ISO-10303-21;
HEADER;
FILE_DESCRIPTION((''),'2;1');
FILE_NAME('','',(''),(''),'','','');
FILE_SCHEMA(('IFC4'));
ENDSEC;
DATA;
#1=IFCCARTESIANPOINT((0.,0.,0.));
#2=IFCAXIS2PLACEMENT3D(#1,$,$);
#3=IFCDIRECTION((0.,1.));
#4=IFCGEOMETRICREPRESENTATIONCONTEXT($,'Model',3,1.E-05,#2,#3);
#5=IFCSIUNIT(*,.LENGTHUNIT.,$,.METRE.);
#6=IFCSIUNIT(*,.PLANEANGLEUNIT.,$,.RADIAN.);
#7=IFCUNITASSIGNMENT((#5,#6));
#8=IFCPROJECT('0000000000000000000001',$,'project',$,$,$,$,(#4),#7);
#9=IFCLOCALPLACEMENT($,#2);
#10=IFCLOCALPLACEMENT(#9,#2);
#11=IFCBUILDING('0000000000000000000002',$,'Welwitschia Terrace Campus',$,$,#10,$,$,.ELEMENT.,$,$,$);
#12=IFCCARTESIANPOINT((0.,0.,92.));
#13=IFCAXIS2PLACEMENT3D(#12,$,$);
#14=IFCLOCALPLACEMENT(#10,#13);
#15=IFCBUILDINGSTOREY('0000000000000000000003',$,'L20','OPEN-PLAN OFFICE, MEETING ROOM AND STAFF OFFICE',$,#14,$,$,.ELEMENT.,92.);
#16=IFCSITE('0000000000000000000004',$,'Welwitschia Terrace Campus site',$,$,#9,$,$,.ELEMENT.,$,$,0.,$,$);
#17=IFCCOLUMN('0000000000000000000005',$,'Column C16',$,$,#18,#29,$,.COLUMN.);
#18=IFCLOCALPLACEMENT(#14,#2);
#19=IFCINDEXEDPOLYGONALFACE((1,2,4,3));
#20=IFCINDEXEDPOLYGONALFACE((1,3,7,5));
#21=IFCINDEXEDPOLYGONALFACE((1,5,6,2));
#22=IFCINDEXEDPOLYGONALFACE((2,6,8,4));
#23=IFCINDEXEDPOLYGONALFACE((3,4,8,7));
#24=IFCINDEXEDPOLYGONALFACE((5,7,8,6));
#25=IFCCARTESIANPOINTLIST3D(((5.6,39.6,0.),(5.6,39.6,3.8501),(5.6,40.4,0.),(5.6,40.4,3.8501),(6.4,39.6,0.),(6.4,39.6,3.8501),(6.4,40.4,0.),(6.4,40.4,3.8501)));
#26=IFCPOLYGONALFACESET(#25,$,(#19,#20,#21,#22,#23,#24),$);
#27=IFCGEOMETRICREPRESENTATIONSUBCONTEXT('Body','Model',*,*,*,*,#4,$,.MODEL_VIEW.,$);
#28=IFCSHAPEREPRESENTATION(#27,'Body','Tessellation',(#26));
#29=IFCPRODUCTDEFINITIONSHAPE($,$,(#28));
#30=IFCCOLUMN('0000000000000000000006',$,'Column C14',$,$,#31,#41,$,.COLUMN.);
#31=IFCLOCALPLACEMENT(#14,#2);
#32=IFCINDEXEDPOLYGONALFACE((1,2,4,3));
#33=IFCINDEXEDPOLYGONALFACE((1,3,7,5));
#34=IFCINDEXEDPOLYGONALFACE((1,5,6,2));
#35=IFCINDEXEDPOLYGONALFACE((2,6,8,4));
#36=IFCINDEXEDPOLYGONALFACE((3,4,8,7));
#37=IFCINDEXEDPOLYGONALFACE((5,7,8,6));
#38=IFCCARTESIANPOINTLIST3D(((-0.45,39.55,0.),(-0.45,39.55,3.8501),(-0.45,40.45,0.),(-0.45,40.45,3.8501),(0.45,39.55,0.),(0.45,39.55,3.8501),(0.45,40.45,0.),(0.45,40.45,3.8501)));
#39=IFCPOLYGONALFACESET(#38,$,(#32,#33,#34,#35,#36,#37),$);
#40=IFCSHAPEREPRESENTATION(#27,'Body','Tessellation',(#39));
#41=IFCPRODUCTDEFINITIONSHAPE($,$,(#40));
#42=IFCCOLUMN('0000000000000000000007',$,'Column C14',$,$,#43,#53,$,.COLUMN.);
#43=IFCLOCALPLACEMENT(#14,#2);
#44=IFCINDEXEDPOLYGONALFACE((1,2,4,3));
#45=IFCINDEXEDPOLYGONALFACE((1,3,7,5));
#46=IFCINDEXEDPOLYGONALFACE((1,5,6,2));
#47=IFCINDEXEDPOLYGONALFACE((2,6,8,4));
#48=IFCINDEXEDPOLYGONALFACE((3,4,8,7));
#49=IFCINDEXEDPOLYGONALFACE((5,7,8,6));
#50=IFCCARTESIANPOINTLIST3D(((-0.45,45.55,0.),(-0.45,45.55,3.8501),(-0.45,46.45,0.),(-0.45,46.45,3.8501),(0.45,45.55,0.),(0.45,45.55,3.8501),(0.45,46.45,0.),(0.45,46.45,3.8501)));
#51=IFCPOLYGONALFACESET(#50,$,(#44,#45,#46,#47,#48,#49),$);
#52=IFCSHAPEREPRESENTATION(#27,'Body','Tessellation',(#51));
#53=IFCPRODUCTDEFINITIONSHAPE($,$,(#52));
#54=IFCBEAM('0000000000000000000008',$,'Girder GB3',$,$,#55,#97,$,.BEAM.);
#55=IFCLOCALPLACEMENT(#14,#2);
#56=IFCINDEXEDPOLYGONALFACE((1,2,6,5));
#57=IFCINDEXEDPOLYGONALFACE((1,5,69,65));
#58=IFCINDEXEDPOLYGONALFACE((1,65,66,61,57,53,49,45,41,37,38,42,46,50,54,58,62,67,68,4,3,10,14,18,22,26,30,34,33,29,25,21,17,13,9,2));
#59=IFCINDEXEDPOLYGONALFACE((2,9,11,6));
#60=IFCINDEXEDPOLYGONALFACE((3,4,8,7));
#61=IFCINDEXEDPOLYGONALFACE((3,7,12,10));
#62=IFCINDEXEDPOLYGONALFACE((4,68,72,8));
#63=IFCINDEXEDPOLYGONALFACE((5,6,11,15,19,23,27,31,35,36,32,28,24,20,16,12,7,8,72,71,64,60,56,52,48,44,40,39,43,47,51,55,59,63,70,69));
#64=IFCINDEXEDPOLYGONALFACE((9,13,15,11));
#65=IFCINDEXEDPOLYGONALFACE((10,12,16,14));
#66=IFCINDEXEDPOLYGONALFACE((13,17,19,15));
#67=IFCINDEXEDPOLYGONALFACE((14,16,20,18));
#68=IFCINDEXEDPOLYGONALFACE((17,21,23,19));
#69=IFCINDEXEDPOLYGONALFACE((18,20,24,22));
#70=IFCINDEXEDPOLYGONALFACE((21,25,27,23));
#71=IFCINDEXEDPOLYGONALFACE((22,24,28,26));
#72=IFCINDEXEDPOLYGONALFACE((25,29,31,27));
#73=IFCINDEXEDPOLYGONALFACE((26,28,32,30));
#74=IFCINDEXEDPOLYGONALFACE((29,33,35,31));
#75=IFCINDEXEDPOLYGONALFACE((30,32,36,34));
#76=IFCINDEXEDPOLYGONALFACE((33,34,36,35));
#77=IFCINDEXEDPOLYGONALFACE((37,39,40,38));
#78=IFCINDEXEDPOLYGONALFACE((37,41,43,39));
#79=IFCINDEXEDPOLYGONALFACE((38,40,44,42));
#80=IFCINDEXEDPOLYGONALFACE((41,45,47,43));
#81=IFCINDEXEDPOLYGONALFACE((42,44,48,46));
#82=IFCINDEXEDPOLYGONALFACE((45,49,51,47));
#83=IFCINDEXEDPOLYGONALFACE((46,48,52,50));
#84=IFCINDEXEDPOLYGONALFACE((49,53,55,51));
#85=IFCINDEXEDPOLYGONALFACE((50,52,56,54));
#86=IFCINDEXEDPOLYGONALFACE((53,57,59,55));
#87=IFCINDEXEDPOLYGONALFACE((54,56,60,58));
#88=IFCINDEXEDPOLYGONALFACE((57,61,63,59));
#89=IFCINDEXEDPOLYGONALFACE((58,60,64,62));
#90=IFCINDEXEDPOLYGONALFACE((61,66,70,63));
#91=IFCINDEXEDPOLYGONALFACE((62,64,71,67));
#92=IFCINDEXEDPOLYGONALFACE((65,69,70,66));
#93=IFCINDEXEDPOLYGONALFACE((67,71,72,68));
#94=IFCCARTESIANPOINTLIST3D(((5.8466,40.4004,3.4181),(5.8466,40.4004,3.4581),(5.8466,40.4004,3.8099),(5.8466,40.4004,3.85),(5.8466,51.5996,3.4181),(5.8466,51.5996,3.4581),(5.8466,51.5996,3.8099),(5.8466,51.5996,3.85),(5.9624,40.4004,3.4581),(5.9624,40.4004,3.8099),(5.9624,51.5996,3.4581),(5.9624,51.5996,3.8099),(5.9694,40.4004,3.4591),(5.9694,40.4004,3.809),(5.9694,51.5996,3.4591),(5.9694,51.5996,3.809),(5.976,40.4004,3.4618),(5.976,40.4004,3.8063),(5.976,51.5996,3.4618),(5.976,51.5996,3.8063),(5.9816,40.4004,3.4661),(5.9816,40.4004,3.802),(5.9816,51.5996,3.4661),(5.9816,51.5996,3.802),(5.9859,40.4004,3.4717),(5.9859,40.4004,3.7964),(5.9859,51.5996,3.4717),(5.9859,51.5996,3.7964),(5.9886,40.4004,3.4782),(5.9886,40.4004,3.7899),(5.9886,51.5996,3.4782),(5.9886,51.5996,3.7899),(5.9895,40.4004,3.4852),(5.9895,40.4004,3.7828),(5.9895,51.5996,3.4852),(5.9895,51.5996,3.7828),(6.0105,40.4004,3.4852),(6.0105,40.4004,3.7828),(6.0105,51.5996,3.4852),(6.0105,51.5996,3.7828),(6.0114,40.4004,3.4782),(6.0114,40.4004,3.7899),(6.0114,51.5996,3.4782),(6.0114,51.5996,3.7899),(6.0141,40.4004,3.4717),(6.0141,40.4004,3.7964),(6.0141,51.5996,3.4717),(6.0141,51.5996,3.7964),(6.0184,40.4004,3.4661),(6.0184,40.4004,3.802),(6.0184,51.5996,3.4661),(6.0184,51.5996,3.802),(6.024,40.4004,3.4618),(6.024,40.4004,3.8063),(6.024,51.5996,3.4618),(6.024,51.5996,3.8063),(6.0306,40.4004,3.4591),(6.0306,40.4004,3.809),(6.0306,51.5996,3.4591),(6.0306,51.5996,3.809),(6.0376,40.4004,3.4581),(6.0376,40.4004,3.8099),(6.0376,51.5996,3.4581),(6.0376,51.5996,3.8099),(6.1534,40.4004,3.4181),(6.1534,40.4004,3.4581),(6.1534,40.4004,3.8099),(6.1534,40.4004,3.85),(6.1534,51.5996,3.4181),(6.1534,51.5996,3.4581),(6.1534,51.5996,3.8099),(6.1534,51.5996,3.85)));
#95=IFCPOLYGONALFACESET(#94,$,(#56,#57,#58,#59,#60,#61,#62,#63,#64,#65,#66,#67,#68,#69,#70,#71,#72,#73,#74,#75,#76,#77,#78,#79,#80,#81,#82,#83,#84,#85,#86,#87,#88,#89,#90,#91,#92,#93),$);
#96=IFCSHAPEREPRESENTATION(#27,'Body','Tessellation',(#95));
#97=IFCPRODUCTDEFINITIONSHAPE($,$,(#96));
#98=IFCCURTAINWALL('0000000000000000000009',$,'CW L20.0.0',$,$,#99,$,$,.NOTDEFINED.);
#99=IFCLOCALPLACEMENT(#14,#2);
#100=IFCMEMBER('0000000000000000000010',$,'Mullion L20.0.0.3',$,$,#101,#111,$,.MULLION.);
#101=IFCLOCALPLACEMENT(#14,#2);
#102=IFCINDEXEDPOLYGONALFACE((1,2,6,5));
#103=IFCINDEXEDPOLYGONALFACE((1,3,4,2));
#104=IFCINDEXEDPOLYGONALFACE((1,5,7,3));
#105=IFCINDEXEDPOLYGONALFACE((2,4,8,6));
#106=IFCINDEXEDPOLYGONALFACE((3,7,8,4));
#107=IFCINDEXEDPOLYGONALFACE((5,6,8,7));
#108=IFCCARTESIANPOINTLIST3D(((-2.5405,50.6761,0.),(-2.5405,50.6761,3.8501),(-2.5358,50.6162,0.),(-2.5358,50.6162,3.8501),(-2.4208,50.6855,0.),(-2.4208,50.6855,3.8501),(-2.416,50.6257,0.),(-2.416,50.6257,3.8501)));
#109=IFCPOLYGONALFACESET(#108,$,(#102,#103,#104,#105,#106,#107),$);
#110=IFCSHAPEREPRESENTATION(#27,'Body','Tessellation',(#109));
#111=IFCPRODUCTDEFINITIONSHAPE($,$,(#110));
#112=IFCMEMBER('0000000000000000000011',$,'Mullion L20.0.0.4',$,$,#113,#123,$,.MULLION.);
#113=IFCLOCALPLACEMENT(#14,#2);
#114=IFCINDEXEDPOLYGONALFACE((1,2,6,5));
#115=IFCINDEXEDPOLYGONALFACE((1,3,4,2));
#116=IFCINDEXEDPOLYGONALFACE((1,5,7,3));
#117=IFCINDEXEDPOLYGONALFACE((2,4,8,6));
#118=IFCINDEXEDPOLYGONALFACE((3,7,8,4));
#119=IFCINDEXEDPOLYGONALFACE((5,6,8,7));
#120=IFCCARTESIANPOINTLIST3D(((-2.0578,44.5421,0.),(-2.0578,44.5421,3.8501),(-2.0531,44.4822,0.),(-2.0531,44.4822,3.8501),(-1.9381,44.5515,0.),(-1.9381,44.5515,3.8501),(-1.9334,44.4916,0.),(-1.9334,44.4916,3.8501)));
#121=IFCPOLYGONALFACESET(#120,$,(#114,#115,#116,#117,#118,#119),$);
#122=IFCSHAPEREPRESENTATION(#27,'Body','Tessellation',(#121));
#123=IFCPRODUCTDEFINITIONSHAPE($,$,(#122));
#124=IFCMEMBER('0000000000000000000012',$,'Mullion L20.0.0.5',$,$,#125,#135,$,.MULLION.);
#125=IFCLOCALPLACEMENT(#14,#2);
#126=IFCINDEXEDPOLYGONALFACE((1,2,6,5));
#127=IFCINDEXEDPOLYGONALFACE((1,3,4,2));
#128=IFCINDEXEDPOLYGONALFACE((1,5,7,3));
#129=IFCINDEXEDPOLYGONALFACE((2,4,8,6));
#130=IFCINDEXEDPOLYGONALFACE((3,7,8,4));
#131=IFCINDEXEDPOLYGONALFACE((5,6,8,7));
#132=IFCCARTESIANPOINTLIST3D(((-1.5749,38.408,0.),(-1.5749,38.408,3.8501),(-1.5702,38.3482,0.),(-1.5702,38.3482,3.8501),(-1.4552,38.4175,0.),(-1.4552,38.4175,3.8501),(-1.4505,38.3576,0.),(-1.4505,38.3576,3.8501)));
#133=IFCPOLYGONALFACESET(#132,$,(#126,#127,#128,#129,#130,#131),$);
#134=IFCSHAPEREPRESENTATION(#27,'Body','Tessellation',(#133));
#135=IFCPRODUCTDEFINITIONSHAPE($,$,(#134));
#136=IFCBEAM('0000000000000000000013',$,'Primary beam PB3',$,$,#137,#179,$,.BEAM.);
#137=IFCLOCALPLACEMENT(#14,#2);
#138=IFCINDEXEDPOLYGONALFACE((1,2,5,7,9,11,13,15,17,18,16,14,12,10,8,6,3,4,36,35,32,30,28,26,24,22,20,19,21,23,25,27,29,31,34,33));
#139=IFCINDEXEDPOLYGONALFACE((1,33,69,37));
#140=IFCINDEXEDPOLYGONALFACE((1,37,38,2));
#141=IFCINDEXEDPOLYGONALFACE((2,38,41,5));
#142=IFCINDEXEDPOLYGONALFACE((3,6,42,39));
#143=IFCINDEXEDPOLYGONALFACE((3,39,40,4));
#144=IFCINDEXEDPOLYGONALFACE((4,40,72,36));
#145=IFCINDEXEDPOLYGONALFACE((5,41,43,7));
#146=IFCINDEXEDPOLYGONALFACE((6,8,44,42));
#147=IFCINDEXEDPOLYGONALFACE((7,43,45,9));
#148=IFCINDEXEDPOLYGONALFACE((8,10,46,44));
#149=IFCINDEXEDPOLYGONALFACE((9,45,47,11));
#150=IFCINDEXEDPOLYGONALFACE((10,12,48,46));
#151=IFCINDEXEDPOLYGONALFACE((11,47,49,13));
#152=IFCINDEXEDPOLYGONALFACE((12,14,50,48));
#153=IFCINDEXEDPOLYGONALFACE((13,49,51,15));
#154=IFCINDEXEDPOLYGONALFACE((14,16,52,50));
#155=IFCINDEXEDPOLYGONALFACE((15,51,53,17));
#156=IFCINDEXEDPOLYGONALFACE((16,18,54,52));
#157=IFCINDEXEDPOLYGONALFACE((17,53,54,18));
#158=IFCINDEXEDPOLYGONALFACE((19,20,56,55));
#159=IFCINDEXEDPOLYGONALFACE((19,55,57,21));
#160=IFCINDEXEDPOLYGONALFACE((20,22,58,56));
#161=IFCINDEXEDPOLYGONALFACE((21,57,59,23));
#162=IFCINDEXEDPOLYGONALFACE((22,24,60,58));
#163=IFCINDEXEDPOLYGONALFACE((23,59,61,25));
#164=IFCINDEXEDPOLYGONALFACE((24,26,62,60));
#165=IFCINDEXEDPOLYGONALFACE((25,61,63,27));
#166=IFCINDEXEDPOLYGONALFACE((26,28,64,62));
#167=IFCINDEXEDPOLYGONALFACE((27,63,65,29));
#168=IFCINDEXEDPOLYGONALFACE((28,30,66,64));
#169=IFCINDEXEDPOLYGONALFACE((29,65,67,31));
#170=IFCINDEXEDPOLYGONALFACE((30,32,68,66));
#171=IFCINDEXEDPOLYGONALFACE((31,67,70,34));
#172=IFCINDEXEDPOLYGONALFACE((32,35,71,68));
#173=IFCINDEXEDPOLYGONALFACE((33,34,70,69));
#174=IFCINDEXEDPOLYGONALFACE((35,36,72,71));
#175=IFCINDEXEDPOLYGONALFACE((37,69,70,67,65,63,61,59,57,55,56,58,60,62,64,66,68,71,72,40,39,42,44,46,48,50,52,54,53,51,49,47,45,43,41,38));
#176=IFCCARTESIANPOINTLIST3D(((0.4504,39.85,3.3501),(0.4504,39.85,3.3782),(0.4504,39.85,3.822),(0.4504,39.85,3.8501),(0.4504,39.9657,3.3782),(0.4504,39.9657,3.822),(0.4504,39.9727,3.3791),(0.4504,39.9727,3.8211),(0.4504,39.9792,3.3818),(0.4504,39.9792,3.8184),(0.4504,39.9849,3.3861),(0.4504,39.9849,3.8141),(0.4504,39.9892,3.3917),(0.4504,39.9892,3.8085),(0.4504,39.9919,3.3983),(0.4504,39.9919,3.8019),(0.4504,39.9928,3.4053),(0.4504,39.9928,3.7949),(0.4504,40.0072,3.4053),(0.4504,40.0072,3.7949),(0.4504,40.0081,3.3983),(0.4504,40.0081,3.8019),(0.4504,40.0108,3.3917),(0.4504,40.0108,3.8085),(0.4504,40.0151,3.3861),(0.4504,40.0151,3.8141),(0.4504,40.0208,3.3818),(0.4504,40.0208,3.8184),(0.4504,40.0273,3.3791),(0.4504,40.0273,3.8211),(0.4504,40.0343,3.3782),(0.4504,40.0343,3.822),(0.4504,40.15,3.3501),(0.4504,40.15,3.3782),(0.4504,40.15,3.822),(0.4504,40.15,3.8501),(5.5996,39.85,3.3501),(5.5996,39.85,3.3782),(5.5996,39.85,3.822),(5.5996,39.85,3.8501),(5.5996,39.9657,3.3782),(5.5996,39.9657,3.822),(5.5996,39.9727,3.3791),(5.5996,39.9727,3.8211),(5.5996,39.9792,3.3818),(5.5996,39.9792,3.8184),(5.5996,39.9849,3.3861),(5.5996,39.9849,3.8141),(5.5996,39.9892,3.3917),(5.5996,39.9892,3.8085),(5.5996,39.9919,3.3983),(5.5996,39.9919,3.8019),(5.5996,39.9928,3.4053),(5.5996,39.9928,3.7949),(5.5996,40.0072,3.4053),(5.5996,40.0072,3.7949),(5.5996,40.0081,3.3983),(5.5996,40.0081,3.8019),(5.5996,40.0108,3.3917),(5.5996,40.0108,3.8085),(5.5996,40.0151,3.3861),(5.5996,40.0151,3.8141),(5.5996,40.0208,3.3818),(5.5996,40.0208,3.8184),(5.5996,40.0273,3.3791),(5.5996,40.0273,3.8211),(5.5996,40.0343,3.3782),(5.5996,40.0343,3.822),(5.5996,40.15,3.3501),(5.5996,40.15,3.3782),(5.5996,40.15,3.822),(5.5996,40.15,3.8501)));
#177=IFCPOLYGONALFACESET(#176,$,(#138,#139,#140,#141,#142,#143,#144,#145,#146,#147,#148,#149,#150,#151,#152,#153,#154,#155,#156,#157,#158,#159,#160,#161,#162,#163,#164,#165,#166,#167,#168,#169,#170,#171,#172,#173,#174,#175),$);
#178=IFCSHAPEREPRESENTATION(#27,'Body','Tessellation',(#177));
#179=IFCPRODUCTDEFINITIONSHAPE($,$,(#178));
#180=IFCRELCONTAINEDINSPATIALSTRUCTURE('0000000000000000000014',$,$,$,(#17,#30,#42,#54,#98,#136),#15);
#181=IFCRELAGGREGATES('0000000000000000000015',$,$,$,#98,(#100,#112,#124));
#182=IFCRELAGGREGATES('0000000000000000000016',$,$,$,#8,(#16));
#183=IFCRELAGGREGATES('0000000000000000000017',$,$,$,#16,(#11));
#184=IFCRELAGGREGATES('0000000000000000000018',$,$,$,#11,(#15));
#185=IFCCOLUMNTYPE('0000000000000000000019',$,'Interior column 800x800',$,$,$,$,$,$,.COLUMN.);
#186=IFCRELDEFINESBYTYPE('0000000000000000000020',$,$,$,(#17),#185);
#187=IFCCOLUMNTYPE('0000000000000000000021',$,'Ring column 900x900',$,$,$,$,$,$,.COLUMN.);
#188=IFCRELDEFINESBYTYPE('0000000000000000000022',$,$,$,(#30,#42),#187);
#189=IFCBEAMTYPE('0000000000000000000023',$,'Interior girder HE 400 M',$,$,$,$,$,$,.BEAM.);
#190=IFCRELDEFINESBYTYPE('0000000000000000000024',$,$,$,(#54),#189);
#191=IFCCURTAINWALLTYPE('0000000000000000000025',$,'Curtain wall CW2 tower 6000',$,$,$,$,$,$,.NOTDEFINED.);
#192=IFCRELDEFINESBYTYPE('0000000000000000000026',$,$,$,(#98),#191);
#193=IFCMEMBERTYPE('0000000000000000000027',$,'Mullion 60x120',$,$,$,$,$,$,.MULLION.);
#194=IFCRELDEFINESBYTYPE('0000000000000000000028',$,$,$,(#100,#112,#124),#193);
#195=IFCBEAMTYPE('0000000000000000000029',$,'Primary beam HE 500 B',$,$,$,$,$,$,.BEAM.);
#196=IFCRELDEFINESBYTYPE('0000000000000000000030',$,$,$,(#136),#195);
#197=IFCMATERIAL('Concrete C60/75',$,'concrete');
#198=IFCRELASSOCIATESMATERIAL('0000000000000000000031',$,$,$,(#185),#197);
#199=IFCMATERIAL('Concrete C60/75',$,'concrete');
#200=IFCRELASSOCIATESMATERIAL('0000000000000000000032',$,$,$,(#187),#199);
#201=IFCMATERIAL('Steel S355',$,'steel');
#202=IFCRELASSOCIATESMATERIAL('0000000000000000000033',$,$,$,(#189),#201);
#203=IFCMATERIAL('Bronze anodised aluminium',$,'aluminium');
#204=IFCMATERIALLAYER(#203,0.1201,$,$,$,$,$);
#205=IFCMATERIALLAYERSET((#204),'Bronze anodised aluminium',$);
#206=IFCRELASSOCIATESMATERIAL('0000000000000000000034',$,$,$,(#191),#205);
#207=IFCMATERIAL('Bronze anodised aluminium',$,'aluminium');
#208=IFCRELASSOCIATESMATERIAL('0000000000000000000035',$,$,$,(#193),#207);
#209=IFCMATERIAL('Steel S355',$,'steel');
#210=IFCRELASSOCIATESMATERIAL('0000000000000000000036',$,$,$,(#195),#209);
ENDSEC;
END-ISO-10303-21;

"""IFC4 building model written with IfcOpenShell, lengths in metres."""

from ifc_helpers import new_model, si_unit, direction, frame, origin, origin_2d, place, context, subcontext, project, spatial, rectangle, i_section, extrude, material, layer, layer_set, material_profile, profile_set, type_object, element, aggregate, save


model = new_model("IFC4")

# Units and contexts
model_context = context("Model", 3, precision=1e-05, world=origin(), true_north=direction((0.0, 1.0)))
body_context = subcontext(model_context, "Body", "Model", "MODEL_VIEW")
ifc_project = project(units=[si_unit("LENGTHUNIT", "METRE"), si_unit("PLANEANGLEUNIT", "RADIAN")], contexts=[model_context])

# Site, building, storey
site_placement = place(None, origin())
site = spatial("IfcSite", under=ifc_project, at=site_placement, Name="Welwitschia Terrace Campus site", CompositionType="ELEMENT", RefElevation=0.0)
building_placement = place(site_placement, origin())
building = spatial("IfcBuilding", under=site, at=building_placement, Name="Welwitschia Terrace Campus", CompositionType="ELEMENT")
storey_placement = place(building_placement, frame((0.0, 0.0, 92.0)))
storey = spatial("IfcBuildingStorey", under=building, at=storey_placement, Name="L20", Description="OPEN-PLAN OFFICE, MEETING ROOM AND STAFF OFFICE", CompositionType="ELEMENT", Elevation=92.0)

# Columns
ifc_material_1 = material(Name="Concrete C60/75", Category="concrete")
ifc_material_profile_1 = material_profile(ifc_material_1, rectangle(XDim=0.8, YDim=0.8, at=origin_2d()))
ifc_profile_set_1 = profile_set([ifc_material_profile_1], Name="Concrete C60/75")
column_type_1 = type_object("IfcColumnType", Name="Interior column 800x800", PredefinedType="COLUMN", material=ifc_profile_set_1)
column_placement = place(storey_placement, frame((6.0, 40.0, 0.0), z_axis=(0.0, 0.0, 1.0), x_axis=(1.0, 0.0, 0.0)))
element("IfcColumn", 1, at=column_placement, inside=storey, type_object=column_type_1, Name="Column C16", PredefinedType="COLUMN", context=body_context, shape_type="SweptSolid", body=[
    extrude(rectangle(XDim=0.8, YDim=0.8, at=origin_2d()), origin(), (0.0, 0.0, 1.0), 3.8501),
])
ifc_material_2 = material(Name="Concrete C60/75", Category="concrete")
ifc_material_profile_2 = material_profile(ifc_material_2, rectangle(XDim=0.8999, YDim=0.8999, at=origin_2d()))
ifc_profile_set_2 = profile_set([ifc_material_profile_2], Name="Concrete C60/75")
column_type_2 = type_object("IfcColumnType", Name="Ring column 900x900", PredefinedType="COLUMN", material=ifc_profile_set_2)
for number, where, z_axis, x_axis, name in (
    (2, (0.0, 40.0, 0.0), (0.0, 0.0, 1.0), (1.0, 0.0, 0.0), "Column C14"),
    (3, (0.0, 46.0, 0.0), (0.0, 0.0, 1.0), (1.0, 0.0, 0.0), "Column C14"),
):
    element("IfcColumn", number, at=place(storey_placement, frame(where, z_axis=z_axis, x_axis=x_axis)), inside=storey, type_object=column_type_2, Name=name, PredefinedType="COLUMN", context=body_context, shape_type="SweptSolid", body=[
        extrude(rectangle(XDim=0.8999, YDim=0.8999, at=origin_2d()), origin(), (0.0, 0.0, 1.0), 3.8501),
    ])

# Beam
ifc_material_3 = material(Name="Steel S355", Category="steel")
ifc_material_profile_3 = material_profile(ifc_material_3, i_section(OverallWidth=0.3069, OverallDepth=0.4319, WebThickness=0.021, FlangeThickness=0.04, FilletRadius=0.0271, at=origin_2d()))
ifc_profile_set_3 = profile_set([ifc_material_profile_3], Name="Steel S355")
beam_type_1 = type_object("IfcBeamType", Name="Interior girder HE 400 M", PredefinedType="BEAM", material=ifc_profile_set_3)
beam_1_placement = place(storey_placement, frame((6.0, 40.4004, 3.634), z_axis=(0.0, 1.0, 0.0), x_axis=(-1.0, 0.0, 0.0)))
element("IfcBeam", 4, at=beam_1_placement, inside=storey, type_object=beam_type_1, Name="Girder GB3", PredefinedType="BEAM", context=body_context, shape_type="SweptSolid", body=[
    extrude(i_section(OverallWidth=0.3069, OverallDepth=0.4319, WebThickness=0.021, FlangeThickness=0.04, FilletRadius=0.0271, at=origin_2d()), origin(), (0.0, 0.0, 1.0), 11.1992),
])

# Curtain wall, members
ifc_material_4 = material(Name="Bronze anodised aluminium", Category="aluminium")
ifc_layer_1 = layer(ifc_material_4, 0.1201)
ifc_layer_set_1 = layer_set([ifc_layer_1], Name="Bronze anodised aluminium")
curtain_wall_type = type_object("IfcCurtainWallType", Name="Curtain wall CW2 tower 6000", PredefinedType="NOTDEFINED", material=ifc_layer_set_1)
curtain_wall_placement = place(storey_placement, origin())
curtain_wall = element("IfcCurtainWall", 5, at=curtain_wall_placement, inside=storey, type_object=curtain_wall_type, Name="CW L20.0.0", PredefinedType="NOTDEFINED")
ifc_material_5 = material(Name="Bronze anodised aluminium", Category="aluminium")
ifc_material_profile_4 = material_profile(ifc_material_5, rectangle(XDim=0.1201, YDim=0.0601, at=origin_2d()))
ifc_profile_set_4 = profile_set([ifc_material_profile_4], Name="Bronze anodised aluminium")
member_type = type_object("IfcMemberType", Name="Mullion 60x120", PredefinedType="MULLION", material=ifc_profile_set_4)
member_1_placement = place(storey_placement, frame((-2.4783, 50.6509, 0.0), z_axis=(0.0, 0.0, 1.0), x_axis=(0.996917, 0.078459, 0.0)))
member_1 = element("IfcMember", 6, at=member_1_placement, type_object=member_type, Name="Mullion L20.0.0.3", PredefinedType="MULLION", context=body_context, shape_type="SweptSolid", body=[
    extrude(rectangle(XDim=0.1201, YDim=0.0601, at=origin_2d()), origin(), (0.0, 0.0, 1.0), 3.8501),
])
member_2_placement = place(storey_placement, frame((-1.9956, 44.5168, 0.0), z_axis=(0.0, 0.0, 1.0), x_axis=(0.996917, 0.078459, 0.0)))
member_2 = element("IfcMember", 7, at=member_2_placement, type_object=member_type, Name="Mullion L20.0.0.4", PredefinedType="MULLION", context=body_context, shape_type="SweptSolid", body=[
    extrude(rectangle(XDim=0.1201, YDim=0.0601, at=origin_2d()), origin(), (0.0, 0.0, 1.0), 3.8501),
])
member_3_placement = place(storey_placement, frame((-1.5127, 38.3828, 0.0), z_axis=(0.0, 0.0, 1.0), x_axis=(0.996917, 0.078459, 0.0)))
member_3 = element("IfcMember", 8, at=member_3_placement, type_object=member_type, Name="Mullion L20.0.0.5", PredefinedType="MULLION", context=body_context, shape_type="SweptSolid", body=[
    extrude(rectangle(XDim=0.1201, YDim=0.0601, at=origin_2d()), origin(), (0.0, 0.0, 1.0), 3.8501),
])

# Beam
ifc_material_6 = material(Name="Steel S355", Category="steel")
ifc_material_profile_5 = material_profile(ifc_material_6, i_section(OverallWidth=0.3, OverallDepth=0.5, WebThickness=0.0144, FlangeThickness=0.0281, FilletRadius=0.0271, at=origin_2d()))
ifc_profile_set_5 = profile_set([ifc_material_profile_5], Name="Steel S355")
beam_type_2 = type_object("IfcBeamType", Name="Primary beam HE 500 B", PredefinedType="BEAM", material=ifc_profile_set_5)
beam_2_placement = place(storey_placement, frame((0.4504, 40.0, 3.6001), z_axis=(1.0, 0.0, 0.0), x_axis=(0.0, 1.0, 0.0)))
element("IfcBeam", 9, at=beam_2_placement, inside=storey, type_object=beam_type_2, Name="Primary beam PB3", PredefinedType="BEAM", context=body_context, shape_type="SweptSolid", body=[
    extrude(i_section(OverallWidth=0.3, OverallDepth=0.5, WebThickness=0.0144, FlangeThickness=0.0281, FilletRadius=0.0271, at=origin_2d()), origin(), (0.0, 0.0, 1.0), 5.1492),
])

aggregate(curtain_wall, [member_1, member_2, member_3])

save(model, "model.ifc")
